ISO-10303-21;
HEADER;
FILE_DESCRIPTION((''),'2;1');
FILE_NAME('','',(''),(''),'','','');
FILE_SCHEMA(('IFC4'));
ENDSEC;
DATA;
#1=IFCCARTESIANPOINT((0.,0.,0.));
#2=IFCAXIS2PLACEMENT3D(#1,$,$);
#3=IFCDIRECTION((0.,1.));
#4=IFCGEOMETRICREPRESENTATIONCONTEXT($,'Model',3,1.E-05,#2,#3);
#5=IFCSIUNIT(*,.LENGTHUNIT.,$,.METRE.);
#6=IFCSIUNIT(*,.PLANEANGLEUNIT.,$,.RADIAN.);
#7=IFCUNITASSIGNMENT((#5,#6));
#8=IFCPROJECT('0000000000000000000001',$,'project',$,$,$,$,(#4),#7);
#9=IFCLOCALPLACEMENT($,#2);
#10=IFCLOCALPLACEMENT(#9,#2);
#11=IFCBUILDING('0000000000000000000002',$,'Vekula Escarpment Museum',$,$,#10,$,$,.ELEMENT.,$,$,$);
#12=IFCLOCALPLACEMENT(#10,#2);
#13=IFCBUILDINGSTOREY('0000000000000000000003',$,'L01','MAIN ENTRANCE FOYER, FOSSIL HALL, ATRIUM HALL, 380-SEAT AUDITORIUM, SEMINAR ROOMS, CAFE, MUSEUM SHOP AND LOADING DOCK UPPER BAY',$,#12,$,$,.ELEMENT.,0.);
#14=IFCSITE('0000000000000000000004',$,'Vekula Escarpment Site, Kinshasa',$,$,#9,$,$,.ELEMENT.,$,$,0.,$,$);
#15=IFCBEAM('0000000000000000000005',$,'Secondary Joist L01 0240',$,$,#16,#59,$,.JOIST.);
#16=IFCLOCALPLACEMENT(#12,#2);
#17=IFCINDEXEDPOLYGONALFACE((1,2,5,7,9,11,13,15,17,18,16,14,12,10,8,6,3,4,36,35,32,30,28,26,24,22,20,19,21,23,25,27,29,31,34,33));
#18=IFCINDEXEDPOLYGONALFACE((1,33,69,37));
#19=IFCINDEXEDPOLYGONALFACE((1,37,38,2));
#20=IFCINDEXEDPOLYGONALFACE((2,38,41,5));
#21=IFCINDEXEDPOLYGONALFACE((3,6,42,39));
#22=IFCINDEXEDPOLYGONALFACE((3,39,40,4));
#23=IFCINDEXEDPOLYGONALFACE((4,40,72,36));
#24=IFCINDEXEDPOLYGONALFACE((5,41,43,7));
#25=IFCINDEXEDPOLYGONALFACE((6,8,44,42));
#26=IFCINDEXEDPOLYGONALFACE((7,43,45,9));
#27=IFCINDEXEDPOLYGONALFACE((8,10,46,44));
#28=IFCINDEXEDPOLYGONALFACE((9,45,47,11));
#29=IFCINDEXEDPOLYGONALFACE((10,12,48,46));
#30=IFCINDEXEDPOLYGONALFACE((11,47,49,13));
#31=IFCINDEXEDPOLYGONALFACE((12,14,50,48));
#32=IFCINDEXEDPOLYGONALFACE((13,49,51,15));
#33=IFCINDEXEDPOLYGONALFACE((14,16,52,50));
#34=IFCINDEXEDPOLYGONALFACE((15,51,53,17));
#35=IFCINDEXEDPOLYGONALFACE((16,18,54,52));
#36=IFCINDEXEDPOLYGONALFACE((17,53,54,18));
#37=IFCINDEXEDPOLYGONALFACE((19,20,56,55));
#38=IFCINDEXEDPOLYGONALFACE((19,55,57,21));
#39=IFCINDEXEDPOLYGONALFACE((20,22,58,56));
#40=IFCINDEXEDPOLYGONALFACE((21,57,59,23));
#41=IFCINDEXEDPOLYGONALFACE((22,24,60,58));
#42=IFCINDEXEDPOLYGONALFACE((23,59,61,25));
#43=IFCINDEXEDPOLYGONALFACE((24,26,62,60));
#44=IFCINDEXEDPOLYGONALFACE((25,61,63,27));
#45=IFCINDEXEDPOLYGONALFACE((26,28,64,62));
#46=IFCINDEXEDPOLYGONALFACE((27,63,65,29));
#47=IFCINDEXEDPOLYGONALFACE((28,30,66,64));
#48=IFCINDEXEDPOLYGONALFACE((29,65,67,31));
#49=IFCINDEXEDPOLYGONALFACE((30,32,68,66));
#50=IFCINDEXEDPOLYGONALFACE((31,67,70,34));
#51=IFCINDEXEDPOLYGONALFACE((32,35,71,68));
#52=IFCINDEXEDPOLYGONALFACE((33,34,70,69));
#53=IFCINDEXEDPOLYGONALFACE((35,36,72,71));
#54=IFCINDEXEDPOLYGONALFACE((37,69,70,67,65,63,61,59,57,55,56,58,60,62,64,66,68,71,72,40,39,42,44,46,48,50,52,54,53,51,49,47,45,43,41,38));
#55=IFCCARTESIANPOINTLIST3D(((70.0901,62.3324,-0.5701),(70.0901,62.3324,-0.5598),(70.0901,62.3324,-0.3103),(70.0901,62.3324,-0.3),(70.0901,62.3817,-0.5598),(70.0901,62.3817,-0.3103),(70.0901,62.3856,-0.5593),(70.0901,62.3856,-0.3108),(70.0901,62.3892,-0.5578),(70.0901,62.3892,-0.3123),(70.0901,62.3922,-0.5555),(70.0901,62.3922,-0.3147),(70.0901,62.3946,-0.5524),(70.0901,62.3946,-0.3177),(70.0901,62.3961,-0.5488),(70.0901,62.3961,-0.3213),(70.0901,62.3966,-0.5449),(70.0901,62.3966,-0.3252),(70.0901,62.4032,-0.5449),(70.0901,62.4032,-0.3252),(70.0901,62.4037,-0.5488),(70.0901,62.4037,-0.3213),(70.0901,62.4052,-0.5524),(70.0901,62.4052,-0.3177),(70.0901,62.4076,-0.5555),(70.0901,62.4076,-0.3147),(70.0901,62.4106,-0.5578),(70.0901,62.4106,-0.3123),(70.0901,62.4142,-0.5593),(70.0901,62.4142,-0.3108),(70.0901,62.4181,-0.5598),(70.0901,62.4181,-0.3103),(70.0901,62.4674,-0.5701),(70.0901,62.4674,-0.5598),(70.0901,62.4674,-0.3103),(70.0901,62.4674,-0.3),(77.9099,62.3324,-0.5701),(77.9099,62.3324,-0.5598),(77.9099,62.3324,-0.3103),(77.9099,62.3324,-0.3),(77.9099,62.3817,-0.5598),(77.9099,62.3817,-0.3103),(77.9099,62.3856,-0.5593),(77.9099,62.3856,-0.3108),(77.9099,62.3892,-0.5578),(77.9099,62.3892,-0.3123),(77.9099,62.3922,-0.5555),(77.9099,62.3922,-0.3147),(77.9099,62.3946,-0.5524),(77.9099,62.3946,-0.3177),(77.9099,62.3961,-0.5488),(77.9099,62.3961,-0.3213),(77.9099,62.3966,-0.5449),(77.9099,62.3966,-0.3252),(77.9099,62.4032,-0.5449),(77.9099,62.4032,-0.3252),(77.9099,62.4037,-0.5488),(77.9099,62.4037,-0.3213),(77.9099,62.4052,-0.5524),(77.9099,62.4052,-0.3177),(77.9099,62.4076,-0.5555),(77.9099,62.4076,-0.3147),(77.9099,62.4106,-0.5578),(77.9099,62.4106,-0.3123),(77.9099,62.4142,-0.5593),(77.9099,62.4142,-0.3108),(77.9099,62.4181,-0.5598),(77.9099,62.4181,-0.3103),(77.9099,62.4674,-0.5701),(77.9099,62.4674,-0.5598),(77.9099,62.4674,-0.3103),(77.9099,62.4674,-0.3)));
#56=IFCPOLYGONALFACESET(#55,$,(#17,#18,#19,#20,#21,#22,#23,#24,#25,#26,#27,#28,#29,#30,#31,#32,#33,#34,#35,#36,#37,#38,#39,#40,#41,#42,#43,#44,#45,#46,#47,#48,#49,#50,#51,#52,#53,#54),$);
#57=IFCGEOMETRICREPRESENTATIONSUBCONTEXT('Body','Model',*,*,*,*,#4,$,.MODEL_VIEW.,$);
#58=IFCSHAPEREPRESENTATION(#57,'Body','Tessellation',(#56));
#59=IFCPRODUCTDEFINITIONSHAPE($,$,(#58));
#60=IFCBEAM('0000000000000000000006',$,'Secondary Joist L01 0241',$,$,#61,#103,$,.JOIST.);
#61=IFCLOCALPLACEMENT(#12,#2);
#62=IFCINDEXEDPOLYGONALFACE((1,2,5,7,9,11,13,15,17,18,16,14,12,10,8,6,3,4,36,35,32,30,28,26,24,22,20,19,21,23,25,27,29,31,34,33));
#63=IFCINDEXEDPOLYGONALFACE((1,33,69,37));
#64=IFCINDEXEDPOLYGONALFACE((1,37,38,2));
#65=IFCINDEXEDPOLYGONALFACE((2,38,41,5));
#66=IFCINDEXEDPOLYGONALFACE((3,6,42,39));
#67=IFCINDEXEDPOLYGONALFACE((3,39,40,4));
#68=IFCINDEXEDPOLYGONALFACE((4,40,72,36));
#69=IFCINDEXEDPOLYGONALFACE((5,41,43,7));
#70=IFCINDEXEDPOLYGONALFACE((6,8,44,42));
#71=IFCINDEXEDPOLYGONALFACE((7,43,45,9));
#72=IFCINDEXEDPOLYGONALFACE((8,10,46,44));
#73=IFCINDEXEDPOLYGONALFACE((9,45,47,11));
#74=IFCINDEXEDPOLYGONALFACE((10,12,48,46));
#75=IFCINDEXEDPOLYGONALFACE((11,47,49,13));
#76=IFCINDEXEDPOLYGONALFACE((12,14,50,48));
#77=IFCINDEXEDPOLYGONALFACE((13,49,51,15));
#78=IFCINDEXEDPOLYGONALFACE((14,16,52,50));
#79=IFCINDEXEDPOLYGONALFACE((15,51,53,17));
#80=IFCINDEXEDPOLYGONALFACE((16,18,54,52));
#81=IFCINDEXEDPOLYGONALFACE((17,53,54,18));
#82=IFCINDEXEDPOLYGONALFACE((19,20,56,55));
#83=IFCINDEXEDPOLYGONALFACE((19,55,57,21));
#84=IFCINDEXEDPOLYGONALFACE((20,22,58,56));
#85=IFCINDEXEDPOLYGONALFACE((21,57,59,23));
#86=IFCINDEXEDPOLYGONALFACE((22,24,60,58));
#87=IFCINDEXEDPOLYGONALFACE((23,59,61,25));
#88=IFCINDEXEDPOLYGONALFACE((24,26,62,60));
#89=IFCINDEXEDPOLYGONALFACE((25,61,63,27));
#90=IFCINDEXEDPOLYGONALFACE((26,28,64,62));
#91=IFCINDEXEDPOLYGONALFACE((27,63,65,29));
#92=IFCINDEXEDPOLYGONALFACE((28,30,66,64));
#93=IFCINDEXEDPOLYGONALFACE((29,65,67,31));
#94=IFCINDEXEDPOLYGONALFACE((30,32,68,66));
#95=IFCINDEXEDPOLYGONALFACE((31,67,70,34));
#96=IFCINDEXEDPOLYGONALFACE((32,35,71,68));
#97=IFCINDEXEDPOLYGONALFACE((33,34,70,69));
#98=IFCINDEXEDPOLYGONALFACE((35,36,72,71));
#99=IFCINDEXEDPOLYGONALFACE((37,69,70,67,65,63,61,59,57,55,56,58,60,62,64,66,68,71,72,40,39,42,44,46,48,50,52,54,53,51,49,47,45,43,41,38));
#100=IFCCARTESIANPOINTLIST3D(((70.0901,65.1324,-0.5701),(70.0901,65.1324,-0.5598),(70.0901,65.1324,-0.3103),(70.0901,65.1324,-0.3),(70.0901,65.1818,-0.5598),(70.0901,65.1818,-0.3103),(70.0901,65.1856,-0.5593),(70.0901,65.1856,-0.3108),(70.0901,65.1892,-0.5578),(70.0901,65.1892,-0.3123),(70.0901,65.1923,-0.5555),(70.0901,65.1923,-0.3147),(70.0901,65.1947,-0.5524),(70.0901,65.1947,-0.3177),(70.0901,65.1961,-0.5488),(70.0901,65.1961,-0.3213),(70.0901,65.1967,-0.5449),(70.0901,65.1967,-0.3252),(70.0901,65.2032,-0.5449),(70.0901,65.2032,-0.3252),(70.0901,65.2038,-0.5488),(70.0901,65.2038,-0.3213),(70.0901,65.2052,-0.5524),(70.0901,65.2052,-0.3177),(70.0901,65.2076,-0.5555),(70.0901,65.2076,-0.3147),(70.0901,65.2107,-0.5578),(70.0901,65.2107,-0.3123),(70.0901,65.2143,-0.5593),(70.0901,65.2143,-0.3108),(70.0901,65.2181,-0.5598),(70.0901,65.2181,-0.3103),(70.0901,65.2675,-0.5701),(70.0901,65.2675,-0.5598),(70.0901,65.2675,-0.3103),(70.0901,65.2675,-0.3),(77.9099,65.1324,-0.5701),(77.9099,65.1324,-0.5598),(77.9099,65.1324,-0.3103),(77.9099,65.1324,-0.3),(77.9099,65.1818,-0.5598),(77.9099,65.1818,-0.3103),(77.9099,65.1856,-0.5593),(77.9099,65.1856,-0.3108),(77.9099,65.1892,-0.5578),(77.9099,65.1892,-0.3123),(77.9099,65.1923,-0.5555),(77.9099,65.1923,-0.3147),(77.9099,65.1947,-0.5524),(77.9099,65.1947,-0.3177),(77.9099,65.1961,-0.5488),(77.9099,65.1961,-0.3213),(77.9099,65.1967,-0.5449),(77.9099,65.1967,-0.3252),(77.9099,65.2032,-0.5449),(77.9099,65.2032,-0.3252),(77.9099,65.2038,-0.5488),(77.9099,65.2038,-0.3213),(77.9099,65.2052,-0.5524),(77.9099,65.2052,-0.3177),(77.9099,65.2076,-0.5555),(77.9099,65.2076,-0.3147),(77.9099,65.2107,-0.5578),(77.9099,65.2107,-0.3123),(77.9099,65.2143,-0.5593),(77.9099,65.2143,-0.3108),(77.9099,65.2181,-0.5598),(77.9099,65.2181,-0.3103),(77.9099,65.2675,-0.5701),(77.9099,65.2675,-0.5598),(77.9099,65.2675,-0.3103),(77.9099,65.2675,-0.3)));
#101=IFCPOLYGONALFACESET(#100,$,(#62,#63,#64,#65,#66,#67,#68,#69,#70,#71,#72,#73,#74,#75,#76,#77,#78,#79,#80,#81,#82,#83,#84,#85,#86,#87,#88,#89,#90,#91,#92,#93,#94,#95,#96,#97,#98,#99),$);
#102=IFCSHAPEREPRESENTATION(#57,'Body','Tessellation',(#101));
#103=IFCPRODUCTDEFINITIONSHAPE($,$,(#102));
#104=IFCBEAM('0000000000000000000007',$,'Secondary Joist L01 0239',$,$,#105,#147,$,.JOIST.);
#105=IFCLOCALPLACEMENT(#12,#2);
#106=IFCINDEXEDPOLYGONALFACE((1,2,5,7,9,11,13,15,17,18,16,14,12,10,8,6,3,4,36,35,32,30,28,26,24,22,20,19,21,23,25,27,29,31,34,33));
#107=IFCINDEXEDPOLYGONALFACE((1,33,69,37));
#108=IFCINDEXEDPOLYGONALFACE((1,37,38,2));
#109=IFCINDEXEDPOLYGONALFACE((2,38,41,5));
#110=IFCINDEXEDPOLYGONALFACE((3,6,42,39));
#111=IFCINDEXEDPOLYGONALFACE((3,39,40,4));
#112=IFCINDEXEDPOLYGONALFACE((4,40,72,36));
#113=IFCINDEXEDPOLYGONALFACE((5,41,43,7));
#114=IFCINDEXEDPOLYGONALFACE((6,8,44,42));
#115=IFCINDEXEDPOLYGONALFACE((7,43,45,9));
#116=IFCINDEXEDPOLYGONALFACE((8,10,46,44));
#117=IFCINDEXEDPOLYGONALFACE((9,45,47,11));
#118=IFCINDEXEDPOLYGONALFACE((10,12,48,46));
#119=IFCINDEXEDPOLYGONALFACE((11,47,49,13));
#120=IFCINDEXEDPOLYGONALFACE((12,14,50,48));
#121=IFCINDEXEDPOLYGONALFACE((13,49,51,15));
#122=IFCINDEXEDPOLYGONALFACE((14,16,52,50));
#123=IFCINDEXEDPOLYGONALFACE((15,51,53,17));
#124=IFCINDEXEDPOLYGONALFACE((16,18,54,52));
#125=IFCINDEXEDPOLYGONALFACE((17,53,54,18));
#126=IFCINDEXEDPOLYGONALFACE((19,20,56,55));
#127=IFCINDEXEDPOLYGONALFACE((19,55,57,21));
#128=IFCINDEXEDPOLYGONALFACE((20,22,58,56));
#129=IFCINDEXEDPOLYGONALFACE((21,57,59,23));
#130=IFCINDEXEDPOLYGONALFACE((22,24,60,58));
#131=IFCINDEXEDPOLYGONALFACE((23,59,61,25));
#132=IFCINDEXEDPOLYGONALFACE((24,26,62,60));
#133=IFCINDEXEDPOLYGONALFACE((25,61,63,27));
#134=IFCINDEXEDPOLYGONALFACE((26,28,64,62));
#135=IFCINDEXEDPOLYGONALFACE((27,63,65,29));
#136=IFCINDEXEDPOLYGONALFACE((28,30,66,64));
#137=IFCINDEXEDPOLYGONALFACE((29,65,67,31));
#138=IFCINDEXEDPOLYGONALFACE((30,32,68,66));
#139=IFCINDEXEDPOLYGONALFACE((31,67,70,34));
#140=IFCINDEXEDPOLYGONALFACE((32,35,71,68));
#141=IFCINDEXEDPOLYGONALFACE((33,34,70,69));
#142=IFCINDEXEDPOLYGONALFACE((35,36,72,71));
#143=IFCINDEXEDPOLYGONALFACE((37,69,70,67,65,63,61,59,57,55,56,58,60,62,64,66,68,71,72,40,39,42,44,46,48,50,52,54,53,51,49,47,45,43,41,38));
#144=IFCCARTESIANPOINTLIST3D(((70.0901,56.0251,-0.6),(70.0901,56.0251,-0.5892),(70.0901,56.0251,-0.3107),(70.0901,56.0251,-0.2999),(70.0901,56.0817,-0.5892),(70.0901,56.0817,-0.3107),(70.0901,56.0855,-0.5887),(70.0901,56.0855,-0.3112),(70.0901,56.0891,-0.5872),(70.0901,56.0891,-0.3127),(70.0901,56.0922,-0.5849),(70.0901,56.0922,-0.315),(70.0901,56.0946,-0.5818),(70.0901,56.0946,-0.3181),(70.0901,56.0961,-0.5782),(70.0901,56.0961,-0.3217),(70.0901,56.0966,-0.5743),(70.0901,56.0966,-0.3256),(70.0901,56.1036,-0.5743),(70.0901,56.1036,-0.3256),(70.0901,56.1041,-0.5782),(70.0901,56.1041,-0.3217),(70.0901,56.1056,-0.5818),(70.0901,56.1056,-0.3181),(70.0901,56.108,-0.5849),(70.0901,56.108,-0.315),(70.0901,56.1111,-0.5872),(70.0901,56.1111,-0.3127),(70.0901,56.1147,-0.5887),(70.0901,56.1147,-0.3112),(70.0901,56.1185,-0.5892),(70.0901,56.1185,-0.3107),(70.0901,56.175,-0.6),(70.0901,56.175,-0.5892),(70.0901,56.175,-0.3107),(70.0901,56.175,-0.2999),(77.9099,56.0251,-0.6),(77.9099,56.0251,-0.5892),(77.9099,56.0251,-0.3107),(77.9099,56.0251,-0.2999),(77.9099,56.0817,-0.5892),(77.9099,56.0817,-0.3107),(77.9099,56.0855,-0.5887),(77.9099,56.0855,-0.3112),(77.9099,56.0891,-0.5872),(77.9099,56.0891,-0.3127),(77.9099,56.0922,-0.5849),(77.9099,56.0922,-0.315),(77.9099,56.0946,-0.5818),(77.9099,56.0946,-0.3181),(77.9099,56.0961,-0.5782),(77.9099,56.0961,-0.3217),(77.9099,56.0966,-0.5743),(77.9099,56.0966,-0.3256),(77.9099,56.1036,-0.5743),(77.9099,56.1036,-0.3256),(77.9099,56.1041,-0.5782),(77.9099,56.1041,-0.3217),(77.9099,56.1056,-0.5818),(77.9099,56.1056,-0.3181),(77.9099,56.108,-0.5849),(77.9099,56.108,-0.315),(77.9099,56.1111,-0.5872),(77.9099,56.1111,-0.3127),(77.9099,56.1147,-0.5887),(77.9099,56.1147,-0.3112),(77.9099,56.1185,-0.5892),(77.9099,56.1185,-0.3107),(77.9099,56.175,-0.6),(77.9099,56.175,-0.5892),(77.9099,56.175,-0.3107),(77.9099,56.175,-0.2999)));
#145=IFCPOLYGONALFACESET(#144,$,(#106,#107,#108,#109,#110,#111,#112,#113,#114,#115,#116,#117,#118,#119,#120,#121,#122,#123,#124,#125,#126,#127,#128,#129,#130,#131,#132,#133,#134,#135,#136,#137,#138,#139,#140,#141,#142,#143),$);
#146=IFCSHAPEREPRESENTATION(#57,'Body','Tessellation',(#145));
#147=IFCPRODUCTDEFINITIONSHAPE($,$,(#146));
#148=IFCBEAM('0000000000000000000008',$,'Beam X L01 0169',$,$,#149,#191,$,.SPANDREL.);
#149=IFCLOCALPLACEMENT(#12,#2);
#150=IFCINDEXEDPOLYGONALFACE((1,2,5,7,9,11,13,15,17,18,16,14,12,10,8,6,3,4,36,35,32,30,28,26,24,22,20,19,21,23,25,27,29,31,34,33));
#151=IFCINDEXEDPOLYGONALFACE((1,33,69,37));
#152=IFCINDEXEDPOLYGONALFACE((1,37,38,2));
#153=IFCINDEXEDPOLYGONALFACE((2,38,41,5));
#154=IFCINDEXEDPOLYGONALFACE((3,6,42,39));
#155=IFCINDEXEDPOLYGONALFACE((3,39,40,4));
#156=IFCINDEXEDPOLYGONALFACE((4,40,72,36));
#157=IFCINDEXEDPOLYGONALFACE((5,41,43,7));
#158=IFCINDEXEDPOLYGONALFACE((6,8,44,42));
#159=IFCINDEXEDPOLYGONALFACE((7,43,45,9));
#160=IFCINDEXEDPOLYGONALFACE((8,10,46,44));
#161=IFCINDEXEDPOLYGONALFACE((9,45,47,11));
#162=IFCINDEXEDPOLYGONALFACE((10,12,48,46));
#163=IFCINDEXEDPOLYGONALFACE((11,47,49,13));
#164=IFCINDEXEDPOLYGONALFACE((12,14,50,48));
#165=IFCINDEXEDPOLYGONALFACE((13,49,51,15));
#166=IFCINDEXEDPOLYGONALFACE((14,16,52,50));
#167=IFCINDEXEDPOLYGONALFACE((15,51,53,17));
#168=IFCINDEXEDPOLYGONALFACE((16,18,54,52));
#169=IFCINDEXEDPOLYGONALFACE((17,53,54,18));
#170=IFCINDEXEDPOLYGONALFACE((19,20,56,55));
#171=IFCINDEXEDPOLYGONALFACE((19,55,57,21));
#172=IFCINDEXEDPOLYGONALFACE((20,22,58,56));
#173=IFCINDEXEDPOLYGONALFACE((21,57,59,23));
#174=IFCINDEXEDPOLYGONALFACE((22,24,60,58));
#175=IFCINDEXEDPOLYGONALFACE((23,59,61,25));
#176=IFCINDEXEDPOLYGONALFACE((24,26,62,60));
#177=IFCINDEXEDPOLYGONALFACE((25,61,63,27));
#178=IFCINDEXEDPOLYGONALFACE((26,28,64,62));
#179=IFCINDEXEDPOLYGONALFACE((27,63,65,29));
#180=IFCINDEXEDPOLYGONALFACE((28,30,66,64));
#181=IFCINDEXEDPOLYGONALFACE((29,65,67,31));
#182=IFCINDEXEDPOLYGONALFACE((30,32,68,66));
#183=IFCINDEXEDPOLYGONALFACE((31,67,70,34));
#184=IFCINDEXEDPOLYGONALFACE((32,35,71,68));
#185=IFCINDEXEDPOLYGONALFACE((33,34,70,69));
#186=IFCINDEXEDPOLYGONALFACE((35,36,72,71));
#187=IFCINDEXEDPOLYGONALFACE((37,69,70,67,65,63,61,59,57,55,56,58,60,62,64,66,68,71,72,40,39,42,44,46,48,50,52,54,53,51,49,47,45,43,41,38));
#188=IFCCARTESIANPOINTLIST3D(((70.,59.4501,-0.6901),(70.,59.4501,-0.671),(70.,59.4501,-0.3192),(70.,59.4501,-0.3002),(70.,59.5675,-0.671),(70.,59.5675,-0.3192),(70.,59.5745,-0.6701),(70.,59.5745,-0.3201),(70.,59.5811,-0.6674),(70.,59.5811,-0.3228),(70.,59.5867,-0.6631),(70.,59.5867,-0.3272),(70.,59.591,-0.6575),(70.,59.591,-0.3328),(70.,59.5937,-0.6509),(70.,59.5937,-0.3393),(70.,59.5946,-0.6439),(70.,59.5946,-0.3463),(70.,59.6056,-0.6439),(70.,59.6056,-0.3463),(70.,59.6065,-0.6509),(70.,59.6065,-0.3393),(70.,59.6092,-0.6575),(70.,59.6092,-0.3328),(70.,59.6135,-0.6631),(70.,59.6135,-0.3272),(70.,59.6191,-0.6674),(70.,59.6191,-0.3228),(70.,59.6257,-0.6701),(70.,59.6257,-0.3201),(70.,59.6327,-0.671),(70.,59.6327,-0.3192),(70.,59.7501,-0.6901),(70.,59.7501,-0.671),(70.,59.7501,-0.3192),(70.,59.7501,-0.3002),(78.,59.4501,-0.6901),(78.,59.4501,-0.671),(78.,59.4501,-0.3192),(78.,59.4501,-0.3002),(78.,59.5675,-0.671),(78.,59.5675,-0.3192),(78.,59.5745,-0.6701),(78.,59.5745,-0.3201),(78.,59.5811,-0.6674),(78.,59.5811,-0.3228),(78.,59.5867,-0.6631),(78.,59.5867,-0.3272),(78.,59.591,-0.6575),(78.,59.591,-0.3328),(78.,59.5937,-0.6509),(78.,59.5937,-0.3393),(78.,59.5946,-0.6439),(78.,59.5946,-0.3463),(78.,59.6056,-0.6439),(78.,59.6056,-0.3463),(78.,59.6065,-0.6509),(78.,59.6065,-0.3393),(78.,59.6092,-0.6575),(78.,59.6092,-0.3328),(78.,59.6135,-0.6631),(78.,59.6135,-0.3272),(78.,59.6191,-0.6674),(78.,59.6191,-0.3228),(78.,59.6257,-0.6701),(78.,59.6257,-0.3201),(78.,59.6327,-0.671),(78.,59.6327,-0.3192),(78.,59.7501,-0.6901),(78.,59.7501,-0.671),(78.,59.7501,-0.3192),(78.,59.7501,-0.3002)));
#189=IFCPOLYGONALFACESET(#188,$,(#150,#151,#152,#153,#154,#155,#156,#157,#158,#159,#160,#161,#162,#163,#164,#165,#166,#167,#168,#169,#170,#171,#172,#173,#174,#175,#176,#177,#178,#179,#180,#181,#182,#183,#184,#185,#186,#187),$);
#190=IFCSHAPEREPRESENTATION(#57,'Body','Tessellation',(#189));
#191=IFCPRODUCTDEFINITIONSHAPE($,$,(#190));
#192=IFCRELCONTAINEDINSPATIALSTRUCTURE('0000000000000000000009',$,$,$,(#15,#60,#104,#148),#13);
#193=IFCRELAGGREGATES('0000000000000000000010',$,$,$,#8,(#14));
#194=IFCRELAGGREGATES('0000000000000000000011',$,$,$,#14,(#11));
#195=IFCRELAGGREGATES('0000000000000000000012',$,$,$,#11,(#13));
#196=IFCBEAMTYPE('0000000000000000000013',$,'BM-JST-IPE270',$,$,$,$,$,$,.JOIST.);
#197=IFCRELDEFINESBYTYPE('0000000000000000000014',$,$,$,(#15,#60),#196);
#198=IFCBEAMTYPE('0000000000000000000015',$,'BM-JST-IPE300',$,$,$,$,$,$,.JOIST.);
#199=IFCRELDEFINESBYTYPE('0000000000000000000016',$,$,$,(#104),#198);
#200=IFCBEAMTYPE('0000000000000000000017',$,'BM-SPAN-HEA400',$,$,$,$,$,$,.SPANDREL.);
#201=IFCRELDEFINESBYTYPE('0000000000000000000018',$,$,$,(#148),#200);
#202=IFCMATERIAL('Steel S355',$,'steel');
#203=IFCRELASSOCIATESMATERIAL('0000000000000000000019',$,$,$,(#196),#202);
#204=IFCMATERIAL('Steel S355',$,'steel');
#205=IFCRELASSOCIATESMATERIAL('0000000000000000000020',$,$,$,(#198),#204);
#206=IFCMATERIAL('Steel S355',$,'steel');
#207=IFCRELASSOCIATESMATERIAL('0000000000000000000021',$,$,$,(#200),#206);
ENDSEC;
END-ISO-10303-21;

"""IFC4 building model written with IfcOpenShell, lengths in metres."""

from ifc_helpers import new_model, si_unit, direction, frame, origin, origin_2d, place, context, subcontext, project, spatial, i_section, extrude, material, material_profile, profile_set, type_object, element, save


model = new_model("IFC4")

# Units and contexts
model_context = context("Model", 3, precision=1e-05, world=origin(), true_north=direction((0.0, 1.0)))
body_context = subcontext(model_context, "Body", "Model", "MODEL_VIEW")
ifc_project = project(units=[si_unit("LENGTHUNIT", "METRE"), si_unit("PLANEANGLEUNIT", "RADIAN")], contexts=[model_context])

# Site, building, storey
site_placement = place(None, origin())
site = spatial("IfcSite", under=ifc_project, at=site_placement, Name="Vekula Escarpment Site, Kinshasa", CompositionType="ELEMENT", RefElevation=0.0)
building_placement = place(site_placement, origin())
building = spatial("IfcBuilding", under=site, at=building_placement, Name="Vekula Escarpment Museum", CompositionType="ELEMENT")
storey_placement = place(building_placement, origin())
storey = spatial("IfcBuildingStorey", under=building, at=storey_placement, Name="L01", Description="MAIN ENTRANCE FOYER, FOSSIL HALL, ATRIUM HALL, 380-SEAT AUDITORIUM, SEMINAR ROOMS, CAFE, MUSEUM SHOP AND LOADING DOCK UPPER BAY", CompositionType="ELEMENT", Elevation=0.0)

# Beams
ifc_material_1 = material(Name="Steel S355", Category="steel")
ifc_material_profile_1 = material_profile(ifc_material_1, i_section(OverallWidth=0.135, OverallDepth=0.27, WebThickness=0.0066, FlangeThickness=0.0103, FilletRadius=0.0149, at=origin_2d()), Name="IPE 270")
ifc_profile_set_1 = profile_set([ifc_material_profile_1], Name="Steel S355")
beam_type_1 = type_object("IfcBeamType", Name="BM-JST-IPE270", PredefinedType="JOIST", material=ifc_profile_set_1)
for number, where, z_axis, x_axis, name in (
    (1, (70.0901, 62.3999, -0.4351), (1.0, 0.0, 0.0), (0.0, 1.0, 0.0), "Secondary Joist L01 0240"),
    (2, (70.0901, 65.2, -0.4351), (1.0, 0.0, 0.0), (0.0, 1.0, 0.0), "Secondary Joist L01 0241"),
):
    element("IfcBeam", number, at=place(storey_placement, frame(where, z_axis=z_axis, x_axis=x_axis)), inside=storey, type_object=beam_type_1, Name=name, PredefinedType="JOIST", context=body_context, shape_type="SweptSolid", body=[
        extrude(i_section(OverallWidth=0.135, OverallDepth=0.27, WebThickness=0.0066, FlangeThickness=0.0103, FilletRadius=0.0149, at=origin_2d()), origin(), (0.0, 0.0, 1.0), 7.8198),
    ])
ifc_material_2 = material(Name="Steel S355", Category="steel")
ifc_material_profile_2 = material_profile(ifc_material_2, i_section(OverallWidth=0.1499, OverallDepth=0.3, WebThickness=0.0071, FlangeThickness=0.0107, FilletRadius=0.0149, at=origin_2d()), Name="IPE 300")
ifc_profile_set_2 = profile_set([ifc_material_profile_2], Name="Steel S355")
beam_type_2 = type_object("IfcBeamType", Name="BM-JST-IPE300", PredefinedType="JOIST", material=ifc_profile_set_2)
beam_1_placement = place(storey_placement, frame((70.0901, 56.1001, -0.45), z_axis=(1.0, 0.0, 0.0), x_axis=(0.0, 1.0, 0.0)))
element("IfcBeam", 3, at=beam_1_placement, inside=storey, type_object=beam_type_2, Name="Secondary Joist L01 0239", PredefinedType="JOIST", context=body_context, shape_type="SweptSolid", body=[
    extrude(i_section(OverallWidth=0.1499, OverallDepth=0.3, WebThickness=0.0071, FlangeThickness=0.0107, FilletRadius=0.0149, at=origin_2d()), origin(), (0.0, 0.0, 1.0), 7.8198),
])
ifc_material_3 = material(Name="Steel S355", Category="steel")
ifc_material_profile_3 = material_profile(ifc_material_3, i_section(OverallWidth=0.3, OverallDepth=0.3899, WebThickness=0.011, FlangeThickness=0.019, FilletRadius=0.0271, at=origin_2d()), Name="HEA 400")
ifc_profile_set_3 = profile_set([ifc_material_profile_3], Name="Steel S355")
beam_type_3 = type_object("IfcBeamType", Name="BM-SPAN-HEA400", PredefinedType="SPANDREL", material=ifc_profile_set_3)
beam_2_placement = place(storey_placement, frame((70.0, 59.6001, -0.4951), z_axis=(1.0, 0.0, 0.0), x_axis=(0.0, 1.0, 0.0)))
element("IfcBeam", 4, at=beam_2_placement, inside=storey, type_object=beam_type_3, Name="Beam X L01 0169", PredefinedType="SPANDREL", context=body_context, shape_type="SweptSolid", body=[
    extrude(i_section(OverallWidth=0.3, OverallDepth=0.3899, WebThickness=0.011, FlangeThickness=0.019, FilletRadius=0.0271, at=origin_2d()), origin(), (0.0, 0.0, 1.0), 8.0),
])

save(model, "model.ifc")
